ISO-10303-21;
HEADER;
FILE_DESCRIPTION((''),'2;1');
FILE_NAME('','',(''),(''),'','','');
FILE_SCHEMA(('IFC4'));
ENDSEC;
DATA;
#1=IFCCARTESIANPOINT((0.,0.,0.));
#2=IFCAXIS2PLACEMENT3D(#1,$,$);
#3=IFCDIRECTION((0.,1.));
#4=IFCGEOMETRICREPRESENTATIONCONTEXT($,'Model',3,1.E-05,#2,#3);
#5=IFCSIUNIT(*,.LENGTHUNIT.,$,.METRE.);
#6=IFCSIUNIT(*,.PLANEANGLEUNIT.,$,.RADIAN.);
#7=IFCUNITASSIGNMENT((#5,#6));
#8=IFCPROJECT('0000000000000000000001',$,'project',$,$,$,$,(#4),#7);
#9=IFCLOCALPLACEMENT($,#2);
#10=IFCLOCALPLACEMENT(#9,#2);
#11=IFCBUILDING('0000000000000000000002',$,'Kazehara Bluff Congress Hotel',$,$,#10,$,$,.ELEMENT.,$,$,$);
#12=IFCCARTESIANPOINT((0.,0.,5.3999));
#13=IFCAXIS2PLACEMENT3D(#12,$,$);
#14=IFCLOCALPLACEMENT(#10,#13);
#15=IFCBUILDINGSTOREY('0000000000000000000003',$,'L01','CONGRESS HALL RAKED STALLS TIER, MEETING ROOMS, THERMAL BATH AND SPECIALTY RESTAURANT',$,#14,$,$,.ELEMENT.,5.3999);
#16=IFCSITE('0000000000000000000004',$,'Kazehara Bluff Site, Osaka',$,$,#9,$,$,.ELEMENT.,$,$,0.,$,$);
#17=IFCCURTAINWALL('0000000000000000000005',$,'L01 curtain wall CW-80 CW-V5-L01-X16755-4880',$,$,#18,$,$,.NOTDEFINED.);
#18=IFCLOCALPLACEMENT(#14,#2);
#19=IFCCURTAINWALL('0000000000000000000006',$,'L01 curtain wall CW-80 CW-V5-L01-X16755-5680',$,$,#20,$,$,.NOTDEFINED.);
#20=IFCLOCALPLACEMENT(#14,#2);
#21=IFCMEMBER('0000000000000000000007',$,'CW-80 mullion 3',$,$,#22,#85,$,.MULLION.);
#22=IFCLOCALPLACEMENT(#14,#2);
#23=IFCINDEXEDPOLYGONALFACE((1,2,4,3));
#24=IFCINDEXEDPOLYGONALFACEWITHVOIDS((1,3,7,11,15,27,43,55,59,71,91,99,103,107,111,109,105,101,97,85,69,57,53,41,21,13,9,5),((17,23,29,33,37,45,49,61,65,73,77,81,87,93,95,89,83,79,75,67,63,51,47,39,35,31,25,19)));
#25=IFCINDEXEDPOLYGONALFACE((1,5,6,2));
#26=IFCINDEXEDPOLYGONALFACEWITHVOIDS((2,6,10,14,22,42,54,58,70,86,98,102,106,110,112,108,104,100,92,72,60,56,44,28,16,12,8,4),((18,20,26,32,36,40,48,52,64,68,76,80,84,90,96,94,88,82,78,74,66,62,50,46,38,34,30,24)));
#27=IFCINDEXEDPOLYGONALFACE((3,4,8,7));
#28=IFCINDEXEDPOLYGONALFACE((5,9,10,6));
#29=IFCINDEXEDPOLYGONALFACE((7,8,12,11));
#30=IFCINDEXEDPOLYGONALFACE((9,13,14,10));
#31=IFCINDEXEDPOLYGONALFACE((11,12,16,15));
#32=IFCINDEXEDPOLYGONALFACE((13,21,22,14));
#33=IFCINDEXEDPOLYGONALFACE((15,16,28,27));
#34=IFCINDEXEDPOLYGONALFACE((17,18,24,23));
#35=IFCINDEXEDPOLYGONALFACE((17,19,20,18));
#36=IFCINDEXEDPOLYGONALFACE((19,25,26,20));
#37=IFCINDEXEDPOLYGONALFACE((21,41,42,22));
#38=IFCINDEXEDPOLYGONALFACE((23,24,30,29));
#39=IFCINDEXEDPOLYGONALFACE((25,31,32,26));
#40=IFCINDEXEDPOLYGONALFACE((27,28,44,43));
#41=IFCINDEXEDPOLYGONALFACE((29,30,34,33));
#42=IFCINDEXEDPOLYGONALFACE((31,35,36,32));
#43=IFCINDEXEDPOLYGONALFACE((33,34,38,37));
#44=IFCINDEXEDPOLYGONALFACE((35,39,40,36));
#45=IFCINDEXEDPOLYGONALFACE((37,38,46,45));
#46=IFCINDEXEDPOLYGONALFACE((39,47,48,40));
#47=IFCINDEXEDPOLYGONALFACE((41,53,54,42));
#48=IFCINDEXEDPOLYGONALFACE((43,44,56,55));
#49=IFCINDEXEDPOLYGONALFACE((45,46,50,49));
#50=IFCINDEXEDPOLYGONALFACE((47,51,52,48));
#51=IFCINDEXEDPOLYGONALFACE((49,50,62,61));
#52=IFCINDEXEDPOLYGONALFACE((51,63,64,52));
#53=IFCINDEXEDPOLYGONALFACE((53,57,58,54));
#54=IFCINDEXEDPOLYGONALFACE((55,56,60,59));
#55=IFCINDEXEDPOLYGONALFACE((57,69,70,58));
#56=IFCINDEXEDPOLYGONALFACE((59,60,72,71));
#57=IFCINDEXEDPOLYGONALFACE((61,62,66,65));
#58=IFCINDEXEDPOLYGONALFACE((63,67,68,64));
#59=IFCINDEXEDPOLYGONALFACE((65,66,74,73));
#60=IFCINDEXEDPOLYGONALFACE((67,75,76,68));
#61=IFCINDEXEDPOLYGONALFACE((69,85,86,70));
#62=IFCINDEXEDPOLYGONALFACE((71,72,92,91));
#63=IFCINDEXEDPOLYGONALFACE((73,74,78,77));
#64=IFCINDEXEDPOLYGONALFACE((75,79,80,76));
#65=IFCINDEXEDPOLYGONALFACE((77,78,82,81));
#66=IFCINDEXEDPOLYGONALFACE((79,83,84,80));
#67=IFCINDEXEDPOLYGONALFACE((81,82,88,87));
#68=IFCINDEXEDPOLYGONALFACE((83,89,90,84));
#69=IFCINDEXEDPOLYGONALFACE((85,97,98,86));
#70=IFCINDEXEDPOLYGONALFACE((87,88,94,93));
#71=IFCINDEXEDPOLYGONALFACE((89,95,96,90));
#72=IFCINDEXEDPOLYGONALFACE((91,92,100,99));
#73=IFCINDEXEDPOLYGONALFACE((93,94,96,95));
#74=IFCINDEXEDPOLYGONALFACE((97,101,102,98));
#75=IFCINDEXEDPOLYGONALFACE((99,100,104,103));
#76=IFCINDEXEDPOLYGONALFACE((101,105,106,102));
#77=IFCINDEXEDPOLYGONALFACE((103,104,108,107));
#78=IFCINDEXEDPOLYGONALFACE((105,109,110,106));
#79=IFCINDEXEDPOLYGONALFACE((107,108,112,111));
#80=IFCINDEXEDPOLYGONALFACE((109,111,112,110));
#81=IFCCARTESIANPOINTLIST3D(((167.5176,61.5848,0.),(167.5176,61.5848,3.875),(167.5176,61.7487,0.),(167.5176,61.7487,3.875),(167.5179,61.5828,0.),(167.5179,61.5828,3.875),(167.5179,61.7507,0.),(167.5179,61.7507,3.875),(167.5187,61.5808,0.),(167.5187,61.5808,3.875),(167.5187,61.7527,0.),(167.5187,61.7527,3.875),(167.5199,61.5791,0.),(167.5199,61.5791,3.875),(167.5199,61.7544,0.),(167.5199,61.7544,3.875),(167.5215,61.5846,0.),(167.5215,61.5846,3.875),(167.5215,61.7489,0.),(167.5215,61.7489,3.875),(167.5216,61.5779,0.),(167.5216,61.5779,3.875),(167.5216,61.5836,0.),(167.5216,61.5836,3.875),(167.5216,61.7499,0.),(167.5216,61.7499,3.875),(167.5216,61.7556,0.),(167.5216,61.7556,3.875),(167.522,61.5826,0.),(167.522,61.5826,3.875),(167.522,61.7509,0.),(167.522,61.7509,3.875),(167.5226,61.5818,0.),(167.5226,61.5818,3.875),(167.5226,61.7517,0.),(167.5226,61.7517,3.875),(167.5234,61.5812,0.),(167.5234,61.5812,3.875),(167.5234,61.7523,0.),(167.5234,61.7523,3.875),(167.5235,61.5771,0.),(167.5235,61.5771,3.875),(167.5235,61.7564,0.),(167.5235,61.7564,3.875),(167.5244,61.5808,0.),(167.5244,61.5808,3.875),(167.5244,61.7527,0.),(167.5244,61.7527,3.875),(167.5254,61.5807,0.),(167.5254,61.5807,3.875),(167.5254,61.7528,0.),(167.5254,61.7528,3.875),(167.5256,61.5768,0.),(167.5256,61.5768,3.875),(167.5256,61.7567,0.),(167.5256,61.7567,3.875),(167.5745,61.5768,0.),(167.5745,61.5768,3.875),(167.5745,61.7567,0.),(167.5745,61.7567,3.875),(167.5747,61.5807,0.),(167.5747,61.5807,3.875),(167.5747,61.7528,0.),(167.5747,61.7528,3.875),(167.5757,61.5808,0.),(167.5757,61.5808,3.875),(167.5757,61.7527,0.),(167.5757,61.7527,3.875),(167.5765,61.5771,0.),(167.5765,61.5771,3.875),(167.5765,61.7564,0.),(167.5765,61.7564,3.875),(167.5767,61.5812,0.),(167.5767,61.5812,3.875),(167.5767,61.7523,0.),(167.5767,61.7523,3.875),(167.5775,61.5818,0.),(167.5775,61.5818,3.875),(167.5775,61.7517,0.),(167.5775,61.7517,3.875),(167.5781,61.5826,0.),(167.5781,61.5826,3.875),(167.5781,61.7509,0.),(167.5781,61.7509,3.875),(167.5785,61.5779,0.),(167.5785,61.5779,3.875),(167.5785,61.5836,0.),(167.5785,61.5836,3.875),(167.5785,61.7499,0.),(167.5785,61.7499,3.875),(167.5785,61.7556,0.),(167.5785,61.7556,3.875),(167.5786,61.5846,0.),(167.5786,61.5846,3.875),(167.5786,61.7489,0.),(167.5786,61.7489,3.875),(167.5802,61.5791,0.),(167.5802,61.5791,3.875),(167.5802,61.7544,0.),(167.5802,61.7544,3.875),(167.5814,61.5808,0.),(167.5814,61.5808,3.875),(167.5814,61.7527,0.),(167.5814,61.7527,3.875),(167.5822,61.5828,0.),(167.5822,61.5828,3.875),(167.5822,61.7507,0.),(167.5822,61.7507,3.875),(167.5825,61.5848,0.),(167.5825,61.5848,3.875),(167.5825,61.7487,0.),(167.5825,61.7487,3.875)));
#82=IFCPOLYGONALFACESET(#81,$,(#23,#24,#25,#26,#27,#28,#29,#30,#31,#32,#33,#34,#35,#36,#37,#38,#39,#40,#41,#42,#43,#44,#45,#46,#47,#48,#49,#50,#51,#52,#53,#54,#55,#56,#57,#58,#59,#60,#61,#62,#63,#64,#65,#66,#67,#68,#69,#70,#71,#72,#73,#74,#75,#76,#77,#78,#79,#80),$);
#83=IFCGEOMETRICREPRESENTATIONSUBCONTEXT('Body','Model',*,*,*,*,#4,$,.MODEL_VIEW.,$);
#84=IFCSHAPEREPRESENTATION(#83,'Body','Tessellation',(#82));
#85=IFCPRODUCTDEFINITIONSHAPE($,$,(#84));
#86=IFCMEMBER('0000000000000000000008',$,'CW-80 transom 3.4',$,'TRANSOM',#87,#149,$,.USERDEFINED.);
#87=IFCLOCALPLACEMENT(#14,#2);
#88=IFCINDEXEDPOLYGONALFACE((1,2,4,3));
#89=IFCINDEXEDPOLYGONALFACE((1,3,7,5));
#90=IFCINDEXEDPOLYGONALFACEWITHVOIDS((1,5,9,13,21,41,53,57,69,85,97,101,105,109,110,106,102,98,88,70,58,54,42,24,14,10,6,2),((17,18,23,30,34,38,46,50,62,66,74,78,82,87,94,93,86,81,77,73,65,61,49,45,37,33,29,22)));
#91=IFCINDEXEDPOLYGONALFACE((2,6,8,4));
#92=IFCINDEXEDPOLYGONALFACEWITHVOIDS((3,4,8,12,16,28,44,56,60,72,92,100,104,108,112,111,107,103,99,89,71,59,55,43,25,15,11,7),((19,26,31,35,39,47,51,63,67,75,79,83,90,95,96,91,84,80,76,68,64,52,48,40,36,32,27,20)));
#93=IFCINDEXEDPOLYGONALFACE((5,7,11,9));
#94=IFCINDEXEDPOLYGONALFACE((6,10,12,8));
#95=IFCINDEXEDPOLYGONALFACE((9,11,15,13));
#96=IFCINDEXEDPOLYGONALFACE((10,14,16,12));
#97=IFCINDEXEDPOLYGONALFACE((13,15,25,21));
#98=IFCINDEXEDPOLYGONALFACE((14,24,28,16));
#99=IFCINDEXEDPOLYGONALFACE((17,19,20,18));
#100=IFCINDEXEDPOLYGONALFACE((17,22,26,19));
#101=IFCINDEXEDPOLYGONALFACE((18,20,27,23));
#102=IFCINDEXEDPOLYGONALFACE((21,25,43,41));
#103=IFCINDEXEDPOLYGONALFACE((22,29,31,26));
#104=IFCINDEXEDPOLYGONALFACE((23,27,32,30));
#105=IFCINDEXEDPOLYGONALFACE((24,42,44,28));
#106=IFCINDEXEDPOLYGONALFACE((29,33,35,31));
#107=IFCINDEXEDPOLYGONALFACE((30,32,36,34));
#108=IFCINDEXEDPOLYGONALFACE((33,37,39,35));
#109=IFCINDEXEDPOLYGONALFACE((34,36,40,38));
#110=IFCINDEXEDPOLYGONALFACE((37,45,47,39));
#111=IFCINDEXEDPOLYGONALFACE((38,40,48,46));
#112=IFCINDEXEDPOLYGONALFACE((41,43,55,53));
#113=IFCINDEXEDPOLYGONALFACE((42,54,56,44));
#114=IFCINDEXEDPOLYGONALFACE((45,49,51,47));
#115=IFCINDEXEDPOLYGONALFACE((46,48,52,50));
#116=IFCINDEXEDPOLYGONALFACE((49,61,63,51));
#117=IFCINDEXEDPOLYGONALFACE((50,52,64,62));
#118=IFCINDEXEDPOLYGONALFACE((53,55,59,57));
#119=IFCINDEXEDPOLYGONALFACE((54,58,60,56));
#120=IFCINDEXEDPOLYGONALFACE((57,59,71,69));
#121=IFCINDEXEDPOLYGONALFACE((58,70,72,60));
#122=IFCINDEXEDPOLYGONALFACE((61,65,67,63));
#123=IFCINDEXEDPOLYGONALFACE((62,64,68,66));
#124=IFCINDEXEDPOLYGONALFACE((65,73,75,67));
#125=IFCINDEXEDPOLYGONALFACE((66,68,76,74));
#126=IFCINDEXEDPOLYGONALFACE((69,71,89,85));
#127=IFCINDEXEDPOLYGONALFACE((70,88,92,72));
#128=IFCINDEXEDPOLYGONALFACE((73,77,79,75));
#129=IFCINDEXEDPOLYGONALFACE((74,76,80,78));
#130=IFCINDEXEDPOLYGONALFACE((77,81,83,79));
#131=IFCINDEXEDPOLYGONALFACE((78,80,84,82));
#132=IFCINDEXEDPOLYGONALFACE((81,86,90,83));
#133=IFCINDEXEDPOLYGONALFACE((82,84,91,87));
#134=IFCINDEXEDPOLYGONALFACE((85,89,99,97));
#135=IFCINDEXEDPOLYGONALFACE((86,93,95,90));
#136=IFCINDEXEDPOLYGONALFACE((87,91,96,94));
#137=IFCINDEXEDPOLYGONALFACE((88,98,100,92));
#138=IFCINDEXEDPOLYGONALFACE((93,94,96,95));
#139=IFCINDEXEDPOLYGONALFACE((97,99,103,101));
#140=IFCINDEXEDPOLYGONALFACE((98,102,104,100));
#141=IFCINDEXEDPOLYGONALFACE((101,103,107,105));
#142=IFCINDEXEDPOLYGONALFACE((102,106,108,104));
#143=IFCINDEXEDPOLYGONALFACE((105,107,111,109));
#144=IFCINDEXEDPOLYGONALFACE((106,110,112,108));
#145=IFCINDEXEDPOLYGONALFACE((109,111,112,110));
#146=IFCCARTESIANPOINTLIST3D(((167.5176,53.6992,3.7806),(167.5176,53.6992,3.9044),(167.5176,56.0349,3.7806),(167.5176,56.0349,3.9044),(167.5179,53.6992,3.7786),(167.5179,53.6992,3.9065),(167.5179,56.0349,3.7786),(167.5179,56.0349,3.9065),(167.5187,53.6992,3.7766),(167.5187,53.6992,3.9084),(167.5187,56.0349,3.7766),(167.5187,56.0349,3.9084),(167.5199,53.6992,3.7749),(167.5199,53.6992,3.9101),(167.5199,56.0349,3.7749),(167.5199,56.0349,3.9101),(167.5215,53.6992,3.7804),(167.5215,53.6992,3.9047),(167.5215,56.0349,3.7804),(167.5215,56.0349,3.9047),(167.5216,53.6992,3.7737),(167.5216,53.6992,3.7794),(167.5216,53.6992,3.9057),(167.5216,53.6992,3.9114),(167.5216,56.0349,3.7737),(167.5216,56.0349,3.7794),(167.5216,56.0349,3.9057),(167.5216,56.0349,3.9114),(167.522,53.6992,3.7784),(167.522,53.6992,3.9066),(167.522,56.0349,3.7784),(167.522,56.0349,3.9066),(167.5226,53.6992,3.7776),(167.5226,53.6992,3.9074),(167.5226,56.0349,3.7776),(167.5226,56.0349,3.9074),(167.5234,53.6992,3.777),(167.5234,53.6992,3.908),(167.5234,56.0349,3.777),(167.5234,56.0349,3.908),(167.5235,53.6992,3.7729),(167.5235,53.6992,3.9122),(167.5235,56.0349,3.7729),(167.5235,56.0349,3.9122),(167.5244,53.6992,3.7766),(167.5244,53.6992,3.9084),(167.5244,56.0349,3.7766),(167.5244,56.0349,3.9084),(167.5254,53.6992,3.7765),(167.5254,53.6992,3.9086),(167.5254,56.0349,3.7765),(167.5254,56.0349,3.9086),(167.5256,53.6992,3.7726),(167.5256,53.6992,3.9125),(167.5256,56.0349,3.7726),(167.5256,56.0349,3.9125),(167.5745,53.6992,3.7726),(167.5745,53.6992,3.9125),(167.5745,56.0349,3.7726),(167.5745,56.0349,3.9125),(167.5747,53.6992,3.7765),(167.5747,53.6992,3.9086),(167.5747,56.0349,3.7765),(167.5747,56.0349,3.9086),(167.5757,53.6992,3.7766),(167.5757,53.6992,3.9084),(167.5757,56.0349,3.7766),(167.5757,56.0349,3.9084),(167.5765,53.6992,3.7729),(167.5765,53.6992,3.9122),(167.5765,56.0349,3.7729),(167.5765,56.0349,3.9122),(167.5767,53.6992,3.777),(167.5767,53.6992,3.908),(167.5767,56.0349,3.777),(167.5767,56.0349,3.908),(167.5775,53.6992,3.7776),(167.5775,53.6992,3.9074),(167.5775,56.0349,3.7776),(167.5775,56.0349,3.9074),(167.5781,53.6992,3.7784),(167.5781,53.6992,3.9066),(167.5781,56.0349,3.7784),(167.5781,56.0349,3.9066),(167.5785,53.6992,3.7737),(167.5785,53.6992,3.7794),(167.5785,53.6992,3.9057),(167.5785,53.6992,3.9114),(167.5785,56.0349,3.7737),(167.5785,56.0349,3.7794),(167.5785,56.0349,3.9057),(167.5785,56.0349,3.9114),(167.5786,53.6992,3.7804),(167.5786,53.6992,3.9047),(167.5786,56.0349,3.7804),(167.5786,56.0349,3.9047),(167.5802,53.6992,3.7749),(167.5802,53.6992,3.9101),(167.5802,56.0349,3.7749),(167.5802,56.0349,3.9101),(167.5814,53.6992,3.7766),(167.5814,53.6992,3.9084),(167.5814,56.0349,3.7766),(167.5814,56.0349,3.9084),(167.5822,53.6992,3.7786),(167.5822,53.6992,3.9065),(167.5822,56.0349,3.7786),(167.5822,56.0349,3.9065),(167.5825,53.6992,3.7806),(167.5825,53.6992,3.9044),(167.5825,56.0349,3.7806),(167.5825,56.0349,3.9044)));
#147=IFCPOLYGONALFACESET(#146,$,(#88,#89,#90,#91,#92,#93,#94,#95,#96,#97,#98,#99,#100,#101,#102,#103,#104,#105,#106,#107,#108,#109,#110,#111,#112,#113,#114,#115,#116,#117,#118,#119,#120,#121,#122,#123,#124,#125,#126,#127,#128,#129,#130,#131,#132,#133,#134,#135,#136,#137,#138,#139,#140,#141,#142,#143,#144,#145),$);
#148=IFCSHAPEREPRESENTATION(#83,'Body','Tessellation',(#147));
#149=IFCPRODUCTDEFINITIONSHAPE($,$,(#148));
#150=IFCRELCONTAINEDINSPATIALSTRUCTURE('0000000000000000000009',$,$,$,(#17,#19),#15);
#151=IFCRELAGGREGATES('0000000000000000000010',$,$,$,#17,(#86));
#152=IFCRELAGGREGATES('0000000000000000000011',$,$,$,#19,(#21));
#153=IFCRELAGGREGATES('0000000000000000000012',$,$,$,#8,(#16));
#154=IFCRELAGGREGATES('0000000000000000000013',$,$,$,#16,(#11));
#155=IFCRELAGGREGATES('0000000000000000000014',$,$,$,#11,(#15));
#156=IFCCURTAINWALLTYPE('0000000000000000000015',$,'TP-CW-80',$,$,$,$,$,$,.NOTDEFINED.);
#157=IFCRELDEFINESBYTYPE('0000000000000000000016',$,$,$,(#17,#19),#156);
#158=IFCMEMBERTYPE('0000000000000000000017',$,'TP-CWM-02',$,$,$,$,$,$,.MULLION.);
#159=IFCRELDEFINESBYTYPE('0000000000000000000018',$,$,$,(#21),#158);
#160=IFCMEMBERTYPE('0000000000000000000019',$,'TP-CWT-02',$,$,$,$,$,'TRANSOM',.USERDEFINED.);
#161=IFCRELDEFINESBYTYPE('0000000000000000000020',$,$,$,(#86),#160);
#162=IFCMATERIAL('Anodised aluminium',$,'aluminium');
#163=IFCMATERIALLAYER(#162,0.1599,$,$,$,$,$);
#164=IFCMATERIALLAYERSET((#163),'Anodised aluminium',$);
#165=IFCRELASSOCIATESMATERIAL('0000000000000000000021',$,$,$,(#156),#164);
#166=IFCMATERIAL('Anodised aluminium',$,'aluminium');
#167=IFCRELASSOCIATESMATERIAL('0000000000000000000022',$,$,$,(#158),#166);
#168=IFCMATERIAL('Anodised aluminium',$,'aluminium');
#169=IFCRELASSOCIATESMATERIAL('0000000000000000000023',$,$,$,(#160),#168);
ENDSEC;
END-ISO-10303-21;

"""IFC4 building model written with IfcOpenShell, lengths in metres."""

from ifc_helpers import new_model, si_unit, direction, frame, origin, origin_2d, place, context, subcontext, project, spatial, hollow_rectangle, extrude, material, layer, layer_set, material_profile, profile_set, type_object, element, aggregate, save


model = new_model("IFC4")

# Units and contexts
model_context = context("Model", 3, precision=1e-05, world=origin(), true_north=direction((0.0, 1.0)))
body_context = subcontext(model_context, "Body", "Model", "MODEL_VIEW")
ifc_project = project(units=[si_unit("LENGTHUNIT", "METRE"), si_unit("PLANEANGLEUNIT", "RADIAN")], contexts=[model_context])

# Site, building, storey
site_placement = place(None, origin())
site = spatial("IfcSite", under=ifc_project, at=site_placement, Name="Kazehara Bluff Site, Osaka", CompositionType="ELEMENT", RefElevation=0.0)
building_placement = place(site_placement, origin())
building = spatial("IfcBuilding", under=site, at=building_placement, Name="Kazehara Bluff Congress Hotel", CompositionType="ELEMENT")
storey_placement = place(building_placement, frame((0.0, 0.0, 5.3999)))
storey = spatial("IfcBuildingStorey", under=building, at=storey_placement, Name="L01", Description="CONGRESS HALL RAKED STALLS TIER, MEETING ROOMS, THERMAL BATH AND SPECIALTY RESTAURANT", CompositionType="ELEMENT", Elevation=5.3999)

# Curtain wall
ifc_material_1 = material(Name="Anodised aluminium", Category="aluminium")
ifc_layer_1 = layer(ifc_material_1, 0.1599)
ifc_layer_set_1 = layer_set([ifc_layer_1], Name="Anodised aluminium")
curtain_wall_type = type_object("IfcCurtainWallType", Name="TP-CW-80", PredefinedType="NOTDEFINED", material=ifc_layer_set_1)
curtain_wall_1_placement = place(storey_placement, origin())
curtain_wall_1 = element("IfcCurtainWall", 1, at=curtain_wall_1_placement, inside=storey, type_object=curtain_wall_type, Name="L01 curtain wall CW-80 CW-V5-L01-X16755-4880", PredefinedType="NOTDEFINED")
ifc_material_2 = material(Name="Anodised aluminium", Category="aluminium")
ifc_material_profile_1 = material_profile(ifc_material_2, hollow_rectangle(XDim=0.0649, YDim=0.1799, WallThickness=0.0039, InnerFilletRadius=0.0039, OuterFilletRadius=0.0081, at=origin_2d()))
ifc_profile_set_1 = profile_set([ifc_material_profile_1], Name="Anodised aluminium")
member_type_1 = type_object("IfcMemberType", Name="TP-CWM-02", PredefinedType="MULLION", material=ifc_profile_set_1)

# Curtain wall, member
curtain_wall_2_placement = place(storey_placement, origin())
curtain_wall_2 = element("IfcCurtainWall", 2, at=curtain_wall_2_placement, inside=storey, type_object=curtain_wall_type, Name="L01 curtain wall CW-80 CW-V5-L01-X16755-5680", PredefinedType="NOTDEFINED")
member_1_placement = place(storey_placement, frame((167.55, 61.6667, 0.0), z_axis=(0.0, 0.0, 1.0), x_axis=(-1.0, 0.0, 0.0)))
member_1 = element("IfcMember", 3, at=member_1_placement, type_object=member_type_1, Name="CW-80 mullion 3", PredefinedType="MULLION", context=body_context, shape_type="SweptSolid", body=[
    extrude(hollow_rectangle(XDim=0.0649, YDim=0.1799, WallThickness=0.0039, InnerFilletRadius=0.0039, OuterFilletRadius=0.0081, at=origin_2d()), origin(), (0.0, 0.0, 1.0), 3.875),
])

# Member
ifc_material_3 = material(Name="Anodised aluminium", Category="aluminium")
ifc_material_profile_2 = material_profile(ifc_material_3, hollow_rectangle(XDim=0.0649, YDim=0.1399, WallThickness=0.0039, InnerFilletRadius=0.0039, OuterFilletRadius=0.0081, at=origin_2d()))
ifc_profile_set_2 = profile_set([ifc_material_profile_2], Name="Anodised aluminium")
member_type_2 = type_object("IfcMemberType", Name="TP-CWT-02", ElementType="TRANSOM", PredefinedType="USERDEFINED", material=ifc_profile_set_2)
member_2_placement = place(storey_placement, frame((167.55, 53.6992, 3.8425), z_axis=(0.0, 1.0, 0.0), x_axis=(-1.0, 0.0, 0.0)))
member_2 = element("IfcMember", 4, at=member_2_placement, type_object=member_type_2, Name="CW-80 transom 3.4", ObjectType="TRANSOM", PredefinedType="USERDEFINED", context=body_context, shape_type="SweptSolid", body=[
    extrude(hollow_rectangle(XDim=0.0649, YDim=0.1399, WallThickness=0.0039, InnerFilletRadius=0.0039, OuterFilletRadius=0.0081, at=origin_2d()), origin(), (0.0, 0.0, 1.0), 2.3357),
])

aggregate(curtain_wall_1, [member_2])
aggregate(curtain_wall_2, [member_1])

save(model, "model.ifc")
